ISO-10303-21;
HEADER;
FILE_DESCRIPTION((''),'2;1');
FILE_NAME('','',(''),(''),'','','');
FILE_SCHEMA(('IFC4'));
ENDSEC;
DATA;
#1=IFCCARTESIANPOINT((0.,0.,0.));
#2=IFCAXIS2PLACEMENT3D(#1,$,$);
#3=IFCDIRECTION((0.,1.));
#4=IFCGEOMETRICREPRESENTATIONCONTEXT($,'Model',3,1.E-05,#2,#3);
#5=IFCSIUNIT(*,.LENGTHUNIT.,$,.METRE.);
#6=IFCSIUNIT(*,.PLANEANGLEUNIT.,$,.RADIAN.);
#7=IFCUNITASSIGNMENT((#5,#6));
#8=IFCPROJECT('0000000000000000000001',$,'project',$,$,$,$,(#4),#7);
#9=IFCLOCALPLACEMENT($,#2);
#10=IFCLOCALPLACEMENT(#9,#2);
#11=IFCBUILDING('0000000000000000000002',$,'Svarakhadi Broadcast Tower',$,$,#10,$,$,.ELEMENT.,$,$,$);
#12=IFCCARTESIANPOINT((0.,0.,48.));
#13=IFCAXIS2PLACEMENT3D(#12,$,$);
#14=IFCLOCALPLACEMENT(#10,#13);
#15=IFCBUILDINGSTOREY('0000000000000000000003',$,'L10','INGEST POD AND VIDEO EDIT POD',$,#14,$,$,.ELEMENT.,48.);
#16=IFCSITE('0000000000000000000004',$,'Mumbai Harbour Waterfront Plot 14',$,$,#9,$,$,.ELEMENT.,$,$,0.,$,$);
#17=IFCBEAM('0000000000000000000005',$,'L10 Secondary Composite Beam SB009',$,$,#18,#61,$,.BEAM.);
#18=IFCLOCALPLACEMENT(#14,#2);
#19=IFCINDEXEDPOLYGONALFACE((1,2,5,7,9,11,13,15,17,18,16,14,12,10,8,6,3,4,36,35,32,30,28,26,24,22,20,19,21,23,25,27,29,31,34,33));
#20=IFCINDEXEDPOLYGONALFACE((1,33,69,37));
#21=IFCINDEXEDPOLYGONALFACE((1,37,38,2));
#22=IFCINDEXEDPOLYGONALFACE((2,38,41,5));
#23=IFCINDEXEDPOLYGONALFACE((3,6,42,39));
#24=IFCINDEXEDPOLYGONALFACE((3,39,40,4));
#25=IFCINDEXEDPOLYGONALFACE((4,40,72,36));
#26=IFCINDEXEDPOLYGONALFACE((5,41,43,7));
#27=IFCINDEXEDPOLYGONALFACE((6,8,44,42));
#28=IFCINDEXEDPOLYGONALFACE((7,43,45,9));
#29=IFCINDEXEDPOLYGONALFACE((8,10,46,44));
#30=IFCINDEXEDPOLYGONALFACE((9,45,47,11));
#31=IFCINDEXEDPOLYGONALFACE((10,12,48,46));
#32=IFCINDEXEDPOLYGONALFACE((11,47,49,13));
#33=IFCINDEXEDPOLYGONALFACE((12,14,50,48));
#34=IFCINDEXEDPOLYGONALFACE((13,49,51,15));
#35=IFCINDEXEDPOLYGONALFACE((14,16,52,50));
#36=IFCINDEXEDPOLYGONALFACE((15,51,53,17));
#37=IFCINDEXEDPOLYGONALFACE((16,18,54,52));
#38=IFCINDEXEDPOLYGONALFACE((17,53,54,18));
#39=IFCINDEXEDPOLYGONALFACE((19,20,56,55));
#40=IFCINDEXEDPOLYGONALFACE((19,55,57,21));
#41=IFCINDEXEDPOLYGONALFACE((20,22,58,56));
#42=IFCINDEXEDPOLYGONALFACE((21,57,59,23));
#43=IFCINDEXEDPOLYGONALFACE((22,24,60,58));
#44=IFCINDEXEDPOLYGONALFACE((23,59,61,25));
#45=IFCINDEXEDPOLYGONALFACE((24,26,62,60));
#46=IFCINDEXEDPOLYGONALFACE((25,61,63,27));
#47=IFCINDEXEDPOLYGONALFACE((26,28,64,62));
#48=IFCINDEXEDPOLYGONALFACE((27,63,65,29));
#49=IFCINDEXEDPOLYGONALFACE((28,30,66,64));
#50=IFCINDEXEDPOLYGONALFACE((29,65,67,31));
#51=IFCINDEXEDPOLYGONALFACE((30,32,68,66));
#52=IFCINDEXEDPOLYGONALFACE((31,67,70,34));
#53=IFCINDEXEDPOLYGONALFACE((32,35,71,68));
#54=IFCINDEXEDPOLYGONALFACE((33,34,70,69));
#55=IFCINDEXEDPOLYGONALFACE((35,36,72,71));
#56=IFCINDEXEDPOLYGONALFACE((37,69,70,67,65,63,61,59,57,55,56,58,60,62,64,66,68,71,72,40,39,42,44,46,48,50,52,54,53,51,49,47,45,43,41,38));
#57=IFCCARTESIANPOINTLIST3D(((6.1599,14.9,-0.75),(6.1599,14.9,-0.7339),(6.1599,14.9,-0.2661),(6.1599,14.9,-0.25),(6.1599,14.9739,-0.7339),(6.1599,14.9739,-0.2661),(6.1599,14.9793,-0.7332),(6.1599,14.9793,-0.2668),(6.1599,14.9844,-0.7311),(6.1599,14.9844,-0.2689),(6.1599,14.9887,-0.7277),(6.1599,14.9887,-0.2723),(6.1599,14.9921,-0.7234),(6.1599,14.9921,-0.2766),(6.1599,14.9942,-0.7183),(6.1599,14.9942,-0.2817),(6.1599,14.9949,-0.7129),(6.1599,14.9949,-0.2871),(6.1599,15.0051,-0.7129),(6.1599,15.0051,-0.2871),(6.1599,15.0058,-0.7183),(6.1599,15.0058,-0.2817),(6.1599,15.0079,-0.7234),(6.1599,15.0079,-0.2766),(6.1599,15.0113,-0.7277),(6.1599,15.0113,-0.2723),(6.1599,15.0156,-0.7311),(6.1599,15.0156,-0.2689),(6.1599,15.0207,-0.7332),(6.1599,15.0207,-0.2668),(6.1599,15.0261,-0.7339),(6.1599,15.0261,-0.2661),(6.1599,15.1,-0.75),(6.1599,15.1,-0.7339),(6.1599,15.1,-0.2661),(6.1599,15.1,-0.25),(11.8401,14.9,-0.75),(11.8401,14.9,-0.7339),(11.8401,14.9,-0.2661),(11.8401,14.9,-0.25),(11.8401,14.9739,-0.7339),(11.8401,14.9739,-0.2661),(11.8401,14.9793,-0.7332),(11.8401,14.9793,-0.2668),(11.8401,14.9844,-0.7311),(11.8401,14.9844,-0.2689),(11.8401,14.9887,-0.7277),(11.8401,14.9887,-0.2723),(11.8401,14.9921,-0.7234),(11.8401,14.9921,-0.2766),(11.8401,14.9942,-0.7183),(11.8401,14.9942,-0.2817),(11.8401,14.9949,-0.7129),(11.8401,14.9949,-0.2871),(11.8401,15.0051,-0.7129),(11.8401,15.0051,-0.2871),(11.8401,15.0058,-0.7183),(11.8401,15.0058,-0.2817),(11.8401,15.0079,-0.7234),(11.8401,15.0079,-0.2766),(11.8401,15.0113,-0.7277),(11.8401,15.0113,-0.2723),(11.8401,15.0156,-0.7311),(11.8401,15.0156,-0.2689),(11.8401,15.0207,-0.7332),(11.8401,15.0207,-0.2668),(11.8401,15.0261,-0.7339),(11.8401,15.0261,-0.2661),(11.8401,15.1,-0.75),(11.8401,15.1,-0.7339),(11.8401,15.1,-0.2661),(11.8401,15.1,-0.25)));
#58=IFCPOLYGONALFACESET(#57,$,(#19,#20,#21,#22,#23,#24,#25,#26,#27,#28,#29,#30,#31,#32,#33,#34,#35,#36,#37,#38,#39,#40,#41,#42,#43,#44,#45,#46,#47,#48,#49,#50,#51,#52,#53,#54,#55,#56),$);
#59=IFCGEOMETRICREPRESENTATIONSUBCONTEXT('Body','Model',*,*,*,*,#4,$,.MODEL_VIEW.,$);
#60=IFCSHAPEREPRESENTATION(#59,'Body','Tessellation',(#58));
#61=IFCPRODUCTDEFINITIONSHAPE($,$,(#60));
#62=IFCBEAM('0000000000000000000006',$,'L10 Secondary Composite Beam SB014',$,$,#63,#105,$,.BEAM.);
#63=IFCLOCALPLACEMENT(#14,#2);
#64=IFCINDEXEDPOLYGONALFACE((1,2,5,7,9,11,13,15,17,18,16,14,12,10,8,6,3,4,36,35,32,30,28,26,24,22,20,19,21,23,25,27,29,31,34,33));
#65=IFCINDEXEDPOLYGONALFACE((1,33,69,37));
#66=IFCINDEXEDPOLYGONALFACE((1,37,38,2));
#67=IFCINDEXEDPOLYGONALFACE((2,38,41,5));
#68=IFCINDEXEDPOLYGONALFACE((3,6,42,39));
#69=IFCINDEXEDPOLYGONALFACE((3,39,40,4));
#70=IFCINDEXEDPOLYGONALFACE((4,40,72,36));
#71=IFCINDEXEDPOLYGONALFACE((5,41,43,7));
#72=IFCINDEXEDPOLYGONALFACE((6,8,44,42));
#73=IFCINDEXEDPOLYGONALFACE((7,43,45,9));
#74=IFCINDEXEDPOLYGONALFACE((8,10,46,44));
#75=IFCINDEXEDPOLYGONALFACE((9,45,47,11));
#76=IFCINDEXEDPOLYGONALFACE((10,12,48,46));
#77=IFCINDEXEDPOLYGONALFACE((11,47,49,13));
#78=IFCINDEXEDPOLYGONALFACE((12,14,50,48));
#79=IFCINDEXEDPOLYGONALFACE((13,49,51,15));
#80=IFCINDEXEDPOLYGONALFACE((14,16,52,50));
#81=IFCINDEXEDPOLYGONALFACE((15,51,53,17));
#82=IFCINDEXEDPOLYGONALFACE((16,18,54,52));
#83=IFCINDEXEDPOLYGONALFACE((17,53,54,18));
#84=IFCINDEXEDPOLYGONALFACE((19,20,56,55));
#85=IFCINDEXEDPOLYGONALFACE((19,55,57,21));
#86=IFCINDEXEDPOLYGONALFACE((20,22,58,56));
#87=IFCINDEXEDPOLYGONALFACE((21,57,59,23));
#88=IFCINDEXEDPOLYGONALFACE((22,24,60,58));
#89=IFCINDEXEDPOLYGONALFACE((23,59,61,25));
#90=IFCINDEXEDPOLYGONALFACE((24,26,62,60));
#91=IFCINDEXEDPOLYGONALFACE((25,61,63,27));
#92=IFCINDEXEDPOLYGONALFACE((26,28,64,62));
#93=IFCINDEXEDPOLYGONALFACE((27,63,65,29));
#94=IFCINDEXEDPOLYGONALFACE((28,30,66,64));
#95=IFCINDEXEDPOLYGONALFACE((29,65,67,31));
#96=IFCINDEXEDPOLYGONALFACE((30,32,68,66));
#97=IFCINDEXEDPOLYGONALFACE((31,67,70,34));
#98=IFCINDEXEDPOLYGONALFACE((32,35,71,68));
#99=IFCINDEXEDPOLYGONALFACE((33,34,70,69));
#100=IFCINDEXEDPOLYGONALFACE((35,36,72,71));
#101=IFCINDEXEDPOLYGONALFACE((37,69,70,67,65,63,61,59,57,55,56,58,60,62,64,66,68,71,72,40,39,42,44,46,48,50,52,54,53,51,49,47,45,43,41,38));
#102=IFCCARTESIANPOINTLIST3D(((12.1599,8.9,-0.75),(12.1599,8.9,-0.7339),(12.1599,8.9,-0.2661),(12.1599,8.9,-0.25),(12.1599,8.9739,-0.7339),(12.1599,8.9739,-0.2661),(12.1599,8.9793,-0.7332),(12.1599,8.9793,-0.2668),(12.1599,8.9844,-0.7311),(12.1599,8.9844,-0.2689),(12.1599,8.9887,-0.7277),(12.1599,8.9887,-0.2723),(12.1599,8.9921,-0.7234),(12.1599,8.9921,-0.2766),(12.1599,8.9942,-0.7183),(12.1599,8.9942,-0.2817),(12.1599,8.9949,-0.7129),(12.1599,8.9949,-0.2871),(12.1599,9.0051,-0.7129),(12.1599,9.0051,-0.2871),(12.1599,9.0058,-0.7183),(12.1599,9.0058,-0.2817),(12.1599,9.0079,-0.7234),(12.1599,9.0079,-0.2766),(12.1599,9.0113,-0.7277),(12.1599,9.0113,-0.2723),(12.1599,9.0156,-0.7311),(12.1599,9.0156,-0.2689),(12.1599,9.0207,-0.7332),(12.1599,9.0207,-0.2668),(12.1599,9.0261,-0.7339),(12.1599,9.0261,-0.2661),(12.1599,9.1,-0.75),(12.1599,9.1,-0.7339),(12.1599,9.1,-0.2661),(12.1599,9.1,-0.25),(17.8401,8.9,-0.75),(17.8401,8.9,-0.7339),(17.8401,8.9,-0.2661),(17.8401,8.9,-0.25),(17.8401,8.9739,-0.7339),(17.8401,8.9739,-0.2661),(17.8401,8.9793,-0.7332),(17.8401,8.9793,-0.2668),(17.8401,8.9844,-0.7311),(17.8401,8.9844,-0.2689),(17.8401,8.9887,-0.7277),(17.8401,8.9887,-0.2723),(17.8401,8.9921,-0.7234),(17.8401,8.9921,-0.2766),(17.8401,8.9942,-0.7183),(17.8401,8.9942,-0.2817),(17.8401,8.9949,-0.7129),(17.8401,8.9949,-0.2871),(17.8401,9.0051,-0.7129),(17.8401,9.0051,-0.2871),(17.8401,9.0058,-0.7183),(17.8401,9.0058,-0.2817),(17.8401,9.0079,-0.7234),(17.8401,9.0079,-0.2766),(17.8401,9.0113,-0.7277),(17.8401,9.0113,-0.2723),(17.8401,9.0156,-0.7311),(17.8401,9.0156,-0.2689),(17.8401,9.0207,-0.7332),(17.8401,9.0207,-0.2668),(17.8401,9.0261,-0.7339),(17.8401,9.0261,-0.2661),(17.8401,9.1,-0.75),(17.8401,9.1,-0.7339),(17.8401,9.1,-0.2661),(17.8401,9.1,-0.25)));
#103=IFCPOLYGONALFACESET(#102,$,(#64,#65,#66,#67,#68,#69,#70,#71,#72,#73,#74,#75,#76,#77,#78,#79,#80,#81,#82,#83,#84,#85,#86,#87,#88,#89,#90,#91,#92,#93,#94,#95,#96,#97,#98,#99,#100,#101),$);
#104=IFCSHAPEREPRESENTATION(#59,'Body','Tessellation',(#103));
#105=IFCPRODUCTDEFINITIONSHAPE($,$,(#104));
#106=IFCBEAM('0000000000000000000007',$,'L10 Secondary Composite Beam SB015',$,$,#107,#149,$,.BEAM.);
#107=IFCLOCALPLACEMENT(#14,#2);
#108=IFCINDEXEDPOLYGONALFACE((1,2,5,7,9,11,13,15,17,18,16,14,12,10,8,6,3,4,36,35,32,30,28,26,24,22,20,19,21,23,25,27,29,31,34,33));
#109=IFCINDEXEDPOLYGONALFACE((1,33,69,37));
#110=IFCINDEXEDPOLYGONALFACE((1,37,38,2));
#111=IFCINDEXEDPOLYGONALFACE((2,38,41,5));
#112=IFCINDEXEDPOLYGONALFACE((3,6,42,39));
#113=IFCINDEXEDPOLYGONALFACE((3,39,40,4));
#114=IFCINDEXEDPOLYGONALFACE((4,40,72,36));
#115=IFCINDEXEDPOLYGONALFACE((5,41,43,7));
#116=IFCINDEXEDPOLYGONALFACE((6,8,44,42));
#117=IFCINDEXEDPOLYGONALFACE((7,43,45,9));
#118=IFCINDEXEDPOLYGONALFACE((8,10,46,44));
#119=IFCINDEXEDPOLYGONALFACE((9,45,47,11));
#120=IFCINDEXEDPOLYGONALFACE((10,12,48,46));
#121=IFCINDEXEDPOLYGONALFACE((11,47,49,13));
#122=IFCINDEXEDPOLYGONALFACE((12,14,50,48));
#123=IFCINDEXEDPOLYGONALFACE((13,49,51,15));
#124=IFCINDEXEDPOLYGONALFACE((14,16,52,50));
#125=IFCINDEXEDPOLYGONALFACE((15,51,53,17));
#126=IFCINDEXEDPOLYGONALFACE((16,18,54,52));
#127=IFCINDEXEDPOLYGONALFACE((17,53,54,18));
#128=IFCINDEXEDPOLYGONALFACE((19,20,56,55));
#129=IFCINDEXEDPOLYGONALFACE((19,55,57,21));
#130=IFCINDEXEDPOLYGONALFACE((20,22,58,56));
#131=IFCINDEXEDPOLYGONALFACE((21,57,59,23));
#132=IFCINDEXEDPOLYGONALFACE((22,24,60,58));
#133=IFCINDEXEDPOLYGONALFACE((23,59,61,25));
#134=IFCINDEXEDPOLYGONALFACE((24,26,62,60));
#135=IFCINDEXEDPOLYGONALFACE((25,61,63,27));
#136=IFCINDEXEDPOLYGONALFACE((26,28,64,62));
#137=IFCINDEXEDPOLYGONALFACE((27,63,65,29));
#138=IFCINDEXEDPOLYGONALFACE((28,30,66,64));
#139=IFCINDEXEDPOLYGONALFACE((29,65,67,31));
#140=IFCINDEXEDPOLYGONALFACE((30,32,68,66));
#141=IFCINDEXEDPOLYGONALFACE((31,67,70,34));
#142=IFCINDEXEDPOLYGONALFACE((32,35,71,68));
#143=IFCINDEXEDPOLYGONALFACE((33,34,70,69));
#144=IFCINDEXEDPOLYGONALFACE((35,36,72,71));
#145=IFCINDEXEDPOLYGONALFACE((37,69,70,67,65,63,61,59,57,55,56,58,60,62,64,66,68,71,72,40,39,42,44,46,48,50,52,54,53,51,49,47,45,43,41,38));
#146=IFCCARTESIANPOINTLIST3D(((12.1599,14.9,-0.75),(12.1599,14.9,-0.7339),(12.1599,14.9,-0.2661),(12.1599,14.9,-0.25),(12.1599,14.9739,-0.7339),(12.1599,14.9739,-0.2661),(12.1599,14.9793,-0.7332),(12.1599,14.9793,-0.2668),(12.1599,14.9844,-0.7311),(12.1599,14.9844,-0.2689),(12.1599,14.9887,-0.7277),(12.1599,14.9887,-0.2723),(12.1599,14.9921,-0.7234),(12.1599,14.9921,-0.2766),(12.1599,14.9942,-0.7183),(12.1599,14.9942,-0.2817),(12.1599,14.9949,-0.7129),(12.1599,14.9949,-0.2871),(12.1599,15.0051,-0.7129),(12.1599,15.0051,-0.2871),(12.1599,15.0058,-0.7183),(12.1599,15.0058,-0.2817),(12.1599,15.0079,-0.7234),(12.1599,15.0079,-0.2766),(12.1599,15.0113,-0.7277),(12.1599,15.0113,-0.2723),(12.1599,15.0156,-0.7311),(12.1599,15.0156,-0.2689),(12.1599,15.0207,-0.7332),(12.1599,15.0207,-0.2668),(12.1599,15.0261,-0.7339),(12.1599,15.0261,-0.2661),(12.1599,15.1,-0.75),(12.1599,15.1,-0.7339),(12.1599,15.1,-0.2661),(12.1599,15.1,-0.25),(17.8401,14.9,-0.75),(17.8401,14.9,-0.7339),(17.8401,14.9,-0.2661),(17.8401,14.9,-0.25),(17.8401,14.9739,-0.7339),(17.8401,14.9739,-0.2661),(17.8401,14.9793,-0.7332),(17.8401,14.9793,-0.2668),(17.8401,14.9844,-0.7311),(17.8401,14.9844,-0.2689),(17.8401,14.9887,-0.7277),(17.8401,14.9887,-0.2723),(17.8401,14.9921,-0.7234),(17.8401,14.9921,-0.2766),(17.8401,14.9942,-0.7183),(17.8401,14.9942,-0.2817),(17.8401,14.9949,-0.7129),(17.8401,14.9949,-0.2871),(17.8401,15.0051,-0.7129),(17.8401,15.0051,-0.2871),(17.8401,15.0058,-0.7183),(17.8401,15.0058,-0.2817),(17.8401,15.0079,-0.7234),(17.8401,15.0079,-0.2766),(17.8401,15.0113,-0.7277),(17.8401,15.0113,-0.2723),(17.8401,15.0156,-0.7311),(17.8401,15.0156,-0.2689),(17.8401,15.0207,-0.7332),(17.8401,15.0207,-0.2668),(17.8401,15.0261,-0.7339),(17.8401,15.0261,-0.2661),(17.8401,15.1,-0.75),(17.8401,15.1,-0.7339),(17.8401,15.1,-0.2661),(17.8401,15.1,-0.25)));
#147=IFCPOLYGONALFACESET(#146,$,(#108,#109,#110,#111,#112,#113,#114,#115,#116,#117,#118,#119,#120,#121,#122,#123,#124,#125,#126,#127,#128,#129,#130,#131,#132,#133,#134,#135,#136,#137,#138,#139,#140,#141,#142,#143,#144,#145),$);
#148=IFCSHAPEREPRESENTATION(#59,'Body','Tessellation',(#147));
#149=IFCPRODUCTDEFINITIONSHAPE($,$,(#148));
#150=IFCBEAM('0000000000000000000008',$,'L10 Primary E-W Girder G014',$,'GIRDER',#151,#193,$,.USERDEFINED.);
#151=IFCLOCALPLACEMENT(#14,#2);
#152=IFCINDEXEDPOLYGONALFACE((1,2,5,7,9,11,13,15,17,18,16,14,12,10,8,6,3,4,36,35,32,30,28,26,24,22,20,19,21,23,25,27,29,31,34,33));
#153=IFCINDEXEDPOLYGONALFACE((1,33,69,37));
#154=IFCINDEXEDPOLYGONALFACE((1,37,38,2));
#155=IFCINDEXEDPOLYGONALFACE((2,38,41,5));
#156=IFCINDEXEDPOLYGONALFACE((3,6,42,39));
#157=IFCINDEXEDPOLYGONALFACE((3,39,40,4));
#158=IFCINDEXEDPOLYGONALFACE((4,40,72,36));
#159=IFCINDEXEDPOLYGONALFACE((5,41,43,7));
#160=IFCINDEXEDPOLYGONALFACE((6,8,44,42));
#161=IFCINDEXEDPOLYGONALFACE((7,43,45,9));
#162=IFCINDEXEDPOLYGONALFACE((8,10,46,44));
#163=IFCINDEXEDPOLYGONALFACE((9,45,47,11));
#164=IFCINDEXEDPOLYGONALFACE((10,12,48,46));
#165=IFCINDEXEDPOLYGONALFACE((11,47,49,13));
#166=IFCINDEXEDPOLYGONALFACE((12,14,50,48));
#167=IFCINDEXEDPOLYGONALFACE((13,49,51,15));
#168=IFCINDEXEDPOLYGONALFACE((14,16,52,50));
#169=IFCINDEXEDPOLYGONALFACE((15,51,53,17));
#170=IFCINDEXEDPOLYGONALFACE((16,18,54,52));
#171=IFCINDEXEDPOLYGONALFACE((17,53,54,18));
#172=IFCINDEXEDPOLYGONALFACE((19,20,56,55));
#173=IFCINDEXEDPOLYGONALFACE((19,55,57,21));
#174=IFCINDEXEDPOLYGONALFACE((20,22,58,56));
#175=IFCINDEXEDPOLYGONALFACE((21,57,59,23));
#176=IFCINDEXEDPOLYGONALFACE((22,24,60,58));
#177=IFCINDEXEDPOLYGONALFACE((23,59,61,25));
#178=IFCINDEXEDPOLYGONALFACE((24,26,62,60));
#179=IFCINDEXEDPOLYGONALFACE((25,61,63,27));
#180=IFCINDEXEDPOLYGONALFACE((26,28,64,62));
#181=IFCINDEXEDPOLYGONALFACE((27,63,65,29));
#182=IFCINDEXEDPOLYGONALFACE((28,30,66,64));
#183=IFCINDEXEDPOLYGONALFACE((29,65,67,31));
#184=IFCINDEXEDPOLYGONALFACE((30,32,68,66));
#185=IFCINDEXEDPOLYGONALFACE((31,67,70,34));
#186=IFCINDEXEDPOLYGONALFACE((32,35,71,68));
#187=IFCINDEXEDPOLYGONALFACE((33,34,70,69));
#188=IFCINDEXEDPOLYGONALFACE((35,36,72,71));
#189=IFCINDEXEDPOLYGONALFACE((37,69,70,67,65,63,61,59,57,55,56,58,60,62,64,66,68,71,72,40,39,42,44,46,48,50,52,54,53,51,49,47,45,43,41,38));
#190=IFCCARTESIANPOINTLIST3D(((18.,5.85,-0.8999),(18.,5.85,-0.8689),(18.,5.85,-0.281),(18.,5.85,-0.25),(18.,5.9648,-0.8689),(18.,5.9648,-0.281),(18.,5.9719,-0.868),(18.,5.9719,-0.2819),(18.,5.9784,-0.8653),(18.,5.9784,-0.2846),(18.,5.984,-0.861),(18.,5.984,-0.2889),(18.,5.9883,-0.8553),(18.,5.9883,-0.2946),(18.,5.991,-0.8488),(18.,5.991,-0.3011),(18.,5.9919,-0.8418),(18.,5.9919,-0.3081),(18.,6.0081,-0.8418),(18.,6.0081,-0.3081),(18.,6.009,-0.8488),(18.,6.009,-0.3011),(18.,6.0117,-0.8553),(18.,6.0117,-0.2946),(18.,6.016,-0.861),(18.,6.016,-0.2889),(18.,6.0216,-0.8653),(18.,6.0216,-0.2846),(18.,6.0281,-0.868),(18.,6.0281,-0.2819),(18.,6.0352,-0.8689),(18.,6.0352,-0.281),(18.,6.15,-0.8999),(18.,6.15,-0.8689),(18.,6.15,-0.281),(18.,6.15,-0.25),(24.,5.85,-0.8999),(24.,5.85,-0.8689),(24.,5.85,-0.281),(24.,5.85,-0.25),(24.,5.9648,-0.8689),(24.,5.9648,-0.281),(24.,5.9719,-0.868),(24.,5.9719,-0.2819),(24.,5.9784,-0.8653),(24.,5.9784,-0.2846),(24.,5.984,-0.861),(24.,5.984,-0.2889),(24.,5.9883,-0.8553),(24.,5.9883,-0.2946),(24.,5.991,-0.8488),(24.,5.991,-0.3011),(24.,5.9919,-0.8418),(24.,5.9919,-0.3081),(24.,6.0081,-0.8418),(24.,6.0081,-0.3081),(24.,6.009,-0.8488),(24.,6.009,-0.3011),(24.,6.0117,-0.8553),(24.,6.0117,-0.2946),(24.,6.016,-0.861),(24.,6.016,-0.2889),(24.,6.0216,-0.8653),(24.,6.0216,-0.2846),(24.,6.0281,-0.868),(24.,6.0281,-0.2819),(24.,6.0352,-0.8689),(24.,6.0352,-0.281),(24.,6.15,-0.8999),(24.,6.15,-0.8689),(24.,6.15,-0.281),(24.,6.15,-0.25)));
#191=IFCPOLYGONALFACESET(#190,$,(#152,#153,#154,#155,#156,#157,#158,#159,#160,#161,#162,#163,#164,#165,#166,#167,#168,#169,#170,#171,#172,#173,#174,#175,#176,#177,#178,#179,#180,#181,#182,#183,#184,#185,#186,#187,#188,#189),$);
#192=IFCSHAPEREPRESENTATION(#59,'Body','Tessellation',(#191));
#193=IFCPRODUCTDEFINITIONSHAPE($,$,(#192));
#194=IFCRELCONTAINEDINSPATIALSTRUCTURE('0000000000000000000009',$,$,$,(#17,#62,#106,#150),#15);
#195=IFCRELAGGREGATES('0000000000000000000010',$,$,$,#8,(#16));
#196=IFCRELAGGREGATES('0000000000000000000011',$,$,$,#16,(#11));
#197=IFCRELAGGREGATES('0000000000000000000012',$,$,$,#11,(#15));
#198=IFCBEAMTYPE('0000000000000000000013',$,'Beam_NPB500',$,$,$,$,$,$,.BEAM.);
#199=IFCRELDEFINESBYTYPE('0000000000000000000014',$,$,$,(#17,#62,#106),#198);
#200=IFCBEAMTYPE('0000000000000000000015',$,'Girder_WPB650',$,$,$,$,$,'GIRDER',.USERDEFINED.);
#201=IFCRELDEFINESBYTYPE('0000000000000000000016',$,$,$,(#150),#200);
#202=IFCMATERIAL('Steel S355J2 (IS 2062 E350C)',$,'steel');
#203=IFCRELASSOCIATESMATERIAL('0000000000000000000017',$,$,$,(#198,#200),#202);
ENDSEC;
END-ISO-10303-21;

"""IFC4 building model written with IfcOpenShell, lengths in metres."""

from ifc_helpers import new_model, si_unit, direction, frame, origin, origin_2d, place, context, subcontext, project, spatial, i_section, extrude, material, material_profile, profile_set, type_object, element, save


model = new_model("IFC4")

# Units and contexts
model_context = context("Model", 3, precision=1e-05, world=origin(), true_north=direction((0.0, 1.0)))
body_context = subcontext(model_context, "Body", "Model", "MODEL_VIEW")
ifc_project = project(units=[si_unit("LENGTHUNIT", "METRE"), si_unit("PLANEANGLEUNIT", "RADIAN")], contexts=[model_context])

# Site, building, storey
site_placement = place(None, origin())
site = spatial("IfcSite", under=ifc_project, at=site_placement, Name="Mumbai Harbour Waterfront Plot 14", CompositionType="ELEMENT", RefElevation=0.0)
building_placement = place(site_placement, origin())
building = spatial("IfcBuilding", under=site, at=building_placement, Name="Svarakhadi Broadcast Tower", CompositionType="ELEMENT")
storey_placement = place(building_placement, frame((0.0, 0.0, 48.0)))
storey = spatial("IfcBuildingStorey", under=building, at=storey_placement, Name="L10", Description="INGEST POD AND VIDEO EDIT POD", CompositionType="ELEMENT", Elevation=48.0)

# Beams
ifc_material_1 = material(Name="Steel S355J2 (IS 2062 E350C)", Category="steel")
ifc_material_profile_1 = material_profile(ifc_material_1, i_section(OverallWidth=0.2, OverallDepth=0.5, WebThickness=0.0103, FlangeThickness=0.0161, FilletRadius=0.021, at=origin_2d()), Name="NPB 500x200x91")
ifc_profile_set_1 = profile_set([ifc_material_profile_1], Name="Steel S355J2 (IS 2062 E350C)")
beam_type_1 = type_object("IfcBeamType", Name="Beam_NPB500", PredefinedType="BEAM", material=ifc_profile_set_1)
for number, where, z_axis, x_axis, name in (
    (1, (6.1599, 15.0, -0.5), (1.0, 0.0, 0.0), (0.0, 1.0, 0.0), "L10 Secondary Composite Beam SB009"),
    (2, (12.1599, 9.0, -0.5), (1.0, 0.0, 0.0), (0.0, 1.0, 0.0), "L10 Secondary Composite Beam SB014"),
    (3, (12.1599, 15.0, -0.5), (1.0, 0.0, 0.0), (0.0, 1.0, 0.0), "L10 Secondary Composite Beam SB015"),
):
    element("IfcBeam", number, at=place(storey_placement, frame(where, z_axis=z_axis, x_axis=x_axis)), inside=storey, type_object=beam_type_1, Name=name, PredefinedType="BEAM", context=body_context, shape_type="SweptSolid", body=[
        extrude(i_section(OverallWidth=0.2, OverallDepth=0.5, WebThickness=0.0103, FlangeThickness=0.0161, FilletRadius=0.021, at=origin_2d()), origin(), (0.0, 0.0, 1.0), 5.6802),
    ])
ifc_material_profile_2 = material_profile(ifc_material_1, i_section(OverallWidth=0.3, OverallDepth=0.6499, WebThickness=0.0161, FlangeThickness=0.031, FilletRadius=0.0271, at=origin_2d()), Name="WPB 650x300x225")
ifc_profile_set_2 = profile_set([ifc_material_profile_2], Name="Steel S355J2 (IS 2062 E350C)")
beam_type_2 = type_object("IfcBeamType", Name="Girder_WPB650", ElementType="GIRDER", PredefinedType="USERDEFINED", material=ifc_profile_set_2)
for number, where, z_axis, x_axis, name in (
    (4, (18.0, 6.0, -0.575), (1.0, 0.0, 0.0), (0.0, 1.0, 0.0), "L10 Primary E-W Girder G014"),
):
    element("IfcBeam", number, at=place(storey_placement, frame(where, z_axis=z_axis, x_axis=x_axis)), inside=storey, type_object=beam_type_2, Name=name, ObjectType="GIRDER", PredefinedType="USERDEFINED", context=body_context, shape_type="SweptSolid", body=[
        extrude(i_section(OverallWidth=0.3, OverallDepth=0.6499, WebThickness=0.0161, FlangeThickness=0.031, FilletRadius=0.0271, at=origin_2d()), origin(), (0.0, 0.0, 1.0), 6.0),
    ])

save(model, "model.ifc")
